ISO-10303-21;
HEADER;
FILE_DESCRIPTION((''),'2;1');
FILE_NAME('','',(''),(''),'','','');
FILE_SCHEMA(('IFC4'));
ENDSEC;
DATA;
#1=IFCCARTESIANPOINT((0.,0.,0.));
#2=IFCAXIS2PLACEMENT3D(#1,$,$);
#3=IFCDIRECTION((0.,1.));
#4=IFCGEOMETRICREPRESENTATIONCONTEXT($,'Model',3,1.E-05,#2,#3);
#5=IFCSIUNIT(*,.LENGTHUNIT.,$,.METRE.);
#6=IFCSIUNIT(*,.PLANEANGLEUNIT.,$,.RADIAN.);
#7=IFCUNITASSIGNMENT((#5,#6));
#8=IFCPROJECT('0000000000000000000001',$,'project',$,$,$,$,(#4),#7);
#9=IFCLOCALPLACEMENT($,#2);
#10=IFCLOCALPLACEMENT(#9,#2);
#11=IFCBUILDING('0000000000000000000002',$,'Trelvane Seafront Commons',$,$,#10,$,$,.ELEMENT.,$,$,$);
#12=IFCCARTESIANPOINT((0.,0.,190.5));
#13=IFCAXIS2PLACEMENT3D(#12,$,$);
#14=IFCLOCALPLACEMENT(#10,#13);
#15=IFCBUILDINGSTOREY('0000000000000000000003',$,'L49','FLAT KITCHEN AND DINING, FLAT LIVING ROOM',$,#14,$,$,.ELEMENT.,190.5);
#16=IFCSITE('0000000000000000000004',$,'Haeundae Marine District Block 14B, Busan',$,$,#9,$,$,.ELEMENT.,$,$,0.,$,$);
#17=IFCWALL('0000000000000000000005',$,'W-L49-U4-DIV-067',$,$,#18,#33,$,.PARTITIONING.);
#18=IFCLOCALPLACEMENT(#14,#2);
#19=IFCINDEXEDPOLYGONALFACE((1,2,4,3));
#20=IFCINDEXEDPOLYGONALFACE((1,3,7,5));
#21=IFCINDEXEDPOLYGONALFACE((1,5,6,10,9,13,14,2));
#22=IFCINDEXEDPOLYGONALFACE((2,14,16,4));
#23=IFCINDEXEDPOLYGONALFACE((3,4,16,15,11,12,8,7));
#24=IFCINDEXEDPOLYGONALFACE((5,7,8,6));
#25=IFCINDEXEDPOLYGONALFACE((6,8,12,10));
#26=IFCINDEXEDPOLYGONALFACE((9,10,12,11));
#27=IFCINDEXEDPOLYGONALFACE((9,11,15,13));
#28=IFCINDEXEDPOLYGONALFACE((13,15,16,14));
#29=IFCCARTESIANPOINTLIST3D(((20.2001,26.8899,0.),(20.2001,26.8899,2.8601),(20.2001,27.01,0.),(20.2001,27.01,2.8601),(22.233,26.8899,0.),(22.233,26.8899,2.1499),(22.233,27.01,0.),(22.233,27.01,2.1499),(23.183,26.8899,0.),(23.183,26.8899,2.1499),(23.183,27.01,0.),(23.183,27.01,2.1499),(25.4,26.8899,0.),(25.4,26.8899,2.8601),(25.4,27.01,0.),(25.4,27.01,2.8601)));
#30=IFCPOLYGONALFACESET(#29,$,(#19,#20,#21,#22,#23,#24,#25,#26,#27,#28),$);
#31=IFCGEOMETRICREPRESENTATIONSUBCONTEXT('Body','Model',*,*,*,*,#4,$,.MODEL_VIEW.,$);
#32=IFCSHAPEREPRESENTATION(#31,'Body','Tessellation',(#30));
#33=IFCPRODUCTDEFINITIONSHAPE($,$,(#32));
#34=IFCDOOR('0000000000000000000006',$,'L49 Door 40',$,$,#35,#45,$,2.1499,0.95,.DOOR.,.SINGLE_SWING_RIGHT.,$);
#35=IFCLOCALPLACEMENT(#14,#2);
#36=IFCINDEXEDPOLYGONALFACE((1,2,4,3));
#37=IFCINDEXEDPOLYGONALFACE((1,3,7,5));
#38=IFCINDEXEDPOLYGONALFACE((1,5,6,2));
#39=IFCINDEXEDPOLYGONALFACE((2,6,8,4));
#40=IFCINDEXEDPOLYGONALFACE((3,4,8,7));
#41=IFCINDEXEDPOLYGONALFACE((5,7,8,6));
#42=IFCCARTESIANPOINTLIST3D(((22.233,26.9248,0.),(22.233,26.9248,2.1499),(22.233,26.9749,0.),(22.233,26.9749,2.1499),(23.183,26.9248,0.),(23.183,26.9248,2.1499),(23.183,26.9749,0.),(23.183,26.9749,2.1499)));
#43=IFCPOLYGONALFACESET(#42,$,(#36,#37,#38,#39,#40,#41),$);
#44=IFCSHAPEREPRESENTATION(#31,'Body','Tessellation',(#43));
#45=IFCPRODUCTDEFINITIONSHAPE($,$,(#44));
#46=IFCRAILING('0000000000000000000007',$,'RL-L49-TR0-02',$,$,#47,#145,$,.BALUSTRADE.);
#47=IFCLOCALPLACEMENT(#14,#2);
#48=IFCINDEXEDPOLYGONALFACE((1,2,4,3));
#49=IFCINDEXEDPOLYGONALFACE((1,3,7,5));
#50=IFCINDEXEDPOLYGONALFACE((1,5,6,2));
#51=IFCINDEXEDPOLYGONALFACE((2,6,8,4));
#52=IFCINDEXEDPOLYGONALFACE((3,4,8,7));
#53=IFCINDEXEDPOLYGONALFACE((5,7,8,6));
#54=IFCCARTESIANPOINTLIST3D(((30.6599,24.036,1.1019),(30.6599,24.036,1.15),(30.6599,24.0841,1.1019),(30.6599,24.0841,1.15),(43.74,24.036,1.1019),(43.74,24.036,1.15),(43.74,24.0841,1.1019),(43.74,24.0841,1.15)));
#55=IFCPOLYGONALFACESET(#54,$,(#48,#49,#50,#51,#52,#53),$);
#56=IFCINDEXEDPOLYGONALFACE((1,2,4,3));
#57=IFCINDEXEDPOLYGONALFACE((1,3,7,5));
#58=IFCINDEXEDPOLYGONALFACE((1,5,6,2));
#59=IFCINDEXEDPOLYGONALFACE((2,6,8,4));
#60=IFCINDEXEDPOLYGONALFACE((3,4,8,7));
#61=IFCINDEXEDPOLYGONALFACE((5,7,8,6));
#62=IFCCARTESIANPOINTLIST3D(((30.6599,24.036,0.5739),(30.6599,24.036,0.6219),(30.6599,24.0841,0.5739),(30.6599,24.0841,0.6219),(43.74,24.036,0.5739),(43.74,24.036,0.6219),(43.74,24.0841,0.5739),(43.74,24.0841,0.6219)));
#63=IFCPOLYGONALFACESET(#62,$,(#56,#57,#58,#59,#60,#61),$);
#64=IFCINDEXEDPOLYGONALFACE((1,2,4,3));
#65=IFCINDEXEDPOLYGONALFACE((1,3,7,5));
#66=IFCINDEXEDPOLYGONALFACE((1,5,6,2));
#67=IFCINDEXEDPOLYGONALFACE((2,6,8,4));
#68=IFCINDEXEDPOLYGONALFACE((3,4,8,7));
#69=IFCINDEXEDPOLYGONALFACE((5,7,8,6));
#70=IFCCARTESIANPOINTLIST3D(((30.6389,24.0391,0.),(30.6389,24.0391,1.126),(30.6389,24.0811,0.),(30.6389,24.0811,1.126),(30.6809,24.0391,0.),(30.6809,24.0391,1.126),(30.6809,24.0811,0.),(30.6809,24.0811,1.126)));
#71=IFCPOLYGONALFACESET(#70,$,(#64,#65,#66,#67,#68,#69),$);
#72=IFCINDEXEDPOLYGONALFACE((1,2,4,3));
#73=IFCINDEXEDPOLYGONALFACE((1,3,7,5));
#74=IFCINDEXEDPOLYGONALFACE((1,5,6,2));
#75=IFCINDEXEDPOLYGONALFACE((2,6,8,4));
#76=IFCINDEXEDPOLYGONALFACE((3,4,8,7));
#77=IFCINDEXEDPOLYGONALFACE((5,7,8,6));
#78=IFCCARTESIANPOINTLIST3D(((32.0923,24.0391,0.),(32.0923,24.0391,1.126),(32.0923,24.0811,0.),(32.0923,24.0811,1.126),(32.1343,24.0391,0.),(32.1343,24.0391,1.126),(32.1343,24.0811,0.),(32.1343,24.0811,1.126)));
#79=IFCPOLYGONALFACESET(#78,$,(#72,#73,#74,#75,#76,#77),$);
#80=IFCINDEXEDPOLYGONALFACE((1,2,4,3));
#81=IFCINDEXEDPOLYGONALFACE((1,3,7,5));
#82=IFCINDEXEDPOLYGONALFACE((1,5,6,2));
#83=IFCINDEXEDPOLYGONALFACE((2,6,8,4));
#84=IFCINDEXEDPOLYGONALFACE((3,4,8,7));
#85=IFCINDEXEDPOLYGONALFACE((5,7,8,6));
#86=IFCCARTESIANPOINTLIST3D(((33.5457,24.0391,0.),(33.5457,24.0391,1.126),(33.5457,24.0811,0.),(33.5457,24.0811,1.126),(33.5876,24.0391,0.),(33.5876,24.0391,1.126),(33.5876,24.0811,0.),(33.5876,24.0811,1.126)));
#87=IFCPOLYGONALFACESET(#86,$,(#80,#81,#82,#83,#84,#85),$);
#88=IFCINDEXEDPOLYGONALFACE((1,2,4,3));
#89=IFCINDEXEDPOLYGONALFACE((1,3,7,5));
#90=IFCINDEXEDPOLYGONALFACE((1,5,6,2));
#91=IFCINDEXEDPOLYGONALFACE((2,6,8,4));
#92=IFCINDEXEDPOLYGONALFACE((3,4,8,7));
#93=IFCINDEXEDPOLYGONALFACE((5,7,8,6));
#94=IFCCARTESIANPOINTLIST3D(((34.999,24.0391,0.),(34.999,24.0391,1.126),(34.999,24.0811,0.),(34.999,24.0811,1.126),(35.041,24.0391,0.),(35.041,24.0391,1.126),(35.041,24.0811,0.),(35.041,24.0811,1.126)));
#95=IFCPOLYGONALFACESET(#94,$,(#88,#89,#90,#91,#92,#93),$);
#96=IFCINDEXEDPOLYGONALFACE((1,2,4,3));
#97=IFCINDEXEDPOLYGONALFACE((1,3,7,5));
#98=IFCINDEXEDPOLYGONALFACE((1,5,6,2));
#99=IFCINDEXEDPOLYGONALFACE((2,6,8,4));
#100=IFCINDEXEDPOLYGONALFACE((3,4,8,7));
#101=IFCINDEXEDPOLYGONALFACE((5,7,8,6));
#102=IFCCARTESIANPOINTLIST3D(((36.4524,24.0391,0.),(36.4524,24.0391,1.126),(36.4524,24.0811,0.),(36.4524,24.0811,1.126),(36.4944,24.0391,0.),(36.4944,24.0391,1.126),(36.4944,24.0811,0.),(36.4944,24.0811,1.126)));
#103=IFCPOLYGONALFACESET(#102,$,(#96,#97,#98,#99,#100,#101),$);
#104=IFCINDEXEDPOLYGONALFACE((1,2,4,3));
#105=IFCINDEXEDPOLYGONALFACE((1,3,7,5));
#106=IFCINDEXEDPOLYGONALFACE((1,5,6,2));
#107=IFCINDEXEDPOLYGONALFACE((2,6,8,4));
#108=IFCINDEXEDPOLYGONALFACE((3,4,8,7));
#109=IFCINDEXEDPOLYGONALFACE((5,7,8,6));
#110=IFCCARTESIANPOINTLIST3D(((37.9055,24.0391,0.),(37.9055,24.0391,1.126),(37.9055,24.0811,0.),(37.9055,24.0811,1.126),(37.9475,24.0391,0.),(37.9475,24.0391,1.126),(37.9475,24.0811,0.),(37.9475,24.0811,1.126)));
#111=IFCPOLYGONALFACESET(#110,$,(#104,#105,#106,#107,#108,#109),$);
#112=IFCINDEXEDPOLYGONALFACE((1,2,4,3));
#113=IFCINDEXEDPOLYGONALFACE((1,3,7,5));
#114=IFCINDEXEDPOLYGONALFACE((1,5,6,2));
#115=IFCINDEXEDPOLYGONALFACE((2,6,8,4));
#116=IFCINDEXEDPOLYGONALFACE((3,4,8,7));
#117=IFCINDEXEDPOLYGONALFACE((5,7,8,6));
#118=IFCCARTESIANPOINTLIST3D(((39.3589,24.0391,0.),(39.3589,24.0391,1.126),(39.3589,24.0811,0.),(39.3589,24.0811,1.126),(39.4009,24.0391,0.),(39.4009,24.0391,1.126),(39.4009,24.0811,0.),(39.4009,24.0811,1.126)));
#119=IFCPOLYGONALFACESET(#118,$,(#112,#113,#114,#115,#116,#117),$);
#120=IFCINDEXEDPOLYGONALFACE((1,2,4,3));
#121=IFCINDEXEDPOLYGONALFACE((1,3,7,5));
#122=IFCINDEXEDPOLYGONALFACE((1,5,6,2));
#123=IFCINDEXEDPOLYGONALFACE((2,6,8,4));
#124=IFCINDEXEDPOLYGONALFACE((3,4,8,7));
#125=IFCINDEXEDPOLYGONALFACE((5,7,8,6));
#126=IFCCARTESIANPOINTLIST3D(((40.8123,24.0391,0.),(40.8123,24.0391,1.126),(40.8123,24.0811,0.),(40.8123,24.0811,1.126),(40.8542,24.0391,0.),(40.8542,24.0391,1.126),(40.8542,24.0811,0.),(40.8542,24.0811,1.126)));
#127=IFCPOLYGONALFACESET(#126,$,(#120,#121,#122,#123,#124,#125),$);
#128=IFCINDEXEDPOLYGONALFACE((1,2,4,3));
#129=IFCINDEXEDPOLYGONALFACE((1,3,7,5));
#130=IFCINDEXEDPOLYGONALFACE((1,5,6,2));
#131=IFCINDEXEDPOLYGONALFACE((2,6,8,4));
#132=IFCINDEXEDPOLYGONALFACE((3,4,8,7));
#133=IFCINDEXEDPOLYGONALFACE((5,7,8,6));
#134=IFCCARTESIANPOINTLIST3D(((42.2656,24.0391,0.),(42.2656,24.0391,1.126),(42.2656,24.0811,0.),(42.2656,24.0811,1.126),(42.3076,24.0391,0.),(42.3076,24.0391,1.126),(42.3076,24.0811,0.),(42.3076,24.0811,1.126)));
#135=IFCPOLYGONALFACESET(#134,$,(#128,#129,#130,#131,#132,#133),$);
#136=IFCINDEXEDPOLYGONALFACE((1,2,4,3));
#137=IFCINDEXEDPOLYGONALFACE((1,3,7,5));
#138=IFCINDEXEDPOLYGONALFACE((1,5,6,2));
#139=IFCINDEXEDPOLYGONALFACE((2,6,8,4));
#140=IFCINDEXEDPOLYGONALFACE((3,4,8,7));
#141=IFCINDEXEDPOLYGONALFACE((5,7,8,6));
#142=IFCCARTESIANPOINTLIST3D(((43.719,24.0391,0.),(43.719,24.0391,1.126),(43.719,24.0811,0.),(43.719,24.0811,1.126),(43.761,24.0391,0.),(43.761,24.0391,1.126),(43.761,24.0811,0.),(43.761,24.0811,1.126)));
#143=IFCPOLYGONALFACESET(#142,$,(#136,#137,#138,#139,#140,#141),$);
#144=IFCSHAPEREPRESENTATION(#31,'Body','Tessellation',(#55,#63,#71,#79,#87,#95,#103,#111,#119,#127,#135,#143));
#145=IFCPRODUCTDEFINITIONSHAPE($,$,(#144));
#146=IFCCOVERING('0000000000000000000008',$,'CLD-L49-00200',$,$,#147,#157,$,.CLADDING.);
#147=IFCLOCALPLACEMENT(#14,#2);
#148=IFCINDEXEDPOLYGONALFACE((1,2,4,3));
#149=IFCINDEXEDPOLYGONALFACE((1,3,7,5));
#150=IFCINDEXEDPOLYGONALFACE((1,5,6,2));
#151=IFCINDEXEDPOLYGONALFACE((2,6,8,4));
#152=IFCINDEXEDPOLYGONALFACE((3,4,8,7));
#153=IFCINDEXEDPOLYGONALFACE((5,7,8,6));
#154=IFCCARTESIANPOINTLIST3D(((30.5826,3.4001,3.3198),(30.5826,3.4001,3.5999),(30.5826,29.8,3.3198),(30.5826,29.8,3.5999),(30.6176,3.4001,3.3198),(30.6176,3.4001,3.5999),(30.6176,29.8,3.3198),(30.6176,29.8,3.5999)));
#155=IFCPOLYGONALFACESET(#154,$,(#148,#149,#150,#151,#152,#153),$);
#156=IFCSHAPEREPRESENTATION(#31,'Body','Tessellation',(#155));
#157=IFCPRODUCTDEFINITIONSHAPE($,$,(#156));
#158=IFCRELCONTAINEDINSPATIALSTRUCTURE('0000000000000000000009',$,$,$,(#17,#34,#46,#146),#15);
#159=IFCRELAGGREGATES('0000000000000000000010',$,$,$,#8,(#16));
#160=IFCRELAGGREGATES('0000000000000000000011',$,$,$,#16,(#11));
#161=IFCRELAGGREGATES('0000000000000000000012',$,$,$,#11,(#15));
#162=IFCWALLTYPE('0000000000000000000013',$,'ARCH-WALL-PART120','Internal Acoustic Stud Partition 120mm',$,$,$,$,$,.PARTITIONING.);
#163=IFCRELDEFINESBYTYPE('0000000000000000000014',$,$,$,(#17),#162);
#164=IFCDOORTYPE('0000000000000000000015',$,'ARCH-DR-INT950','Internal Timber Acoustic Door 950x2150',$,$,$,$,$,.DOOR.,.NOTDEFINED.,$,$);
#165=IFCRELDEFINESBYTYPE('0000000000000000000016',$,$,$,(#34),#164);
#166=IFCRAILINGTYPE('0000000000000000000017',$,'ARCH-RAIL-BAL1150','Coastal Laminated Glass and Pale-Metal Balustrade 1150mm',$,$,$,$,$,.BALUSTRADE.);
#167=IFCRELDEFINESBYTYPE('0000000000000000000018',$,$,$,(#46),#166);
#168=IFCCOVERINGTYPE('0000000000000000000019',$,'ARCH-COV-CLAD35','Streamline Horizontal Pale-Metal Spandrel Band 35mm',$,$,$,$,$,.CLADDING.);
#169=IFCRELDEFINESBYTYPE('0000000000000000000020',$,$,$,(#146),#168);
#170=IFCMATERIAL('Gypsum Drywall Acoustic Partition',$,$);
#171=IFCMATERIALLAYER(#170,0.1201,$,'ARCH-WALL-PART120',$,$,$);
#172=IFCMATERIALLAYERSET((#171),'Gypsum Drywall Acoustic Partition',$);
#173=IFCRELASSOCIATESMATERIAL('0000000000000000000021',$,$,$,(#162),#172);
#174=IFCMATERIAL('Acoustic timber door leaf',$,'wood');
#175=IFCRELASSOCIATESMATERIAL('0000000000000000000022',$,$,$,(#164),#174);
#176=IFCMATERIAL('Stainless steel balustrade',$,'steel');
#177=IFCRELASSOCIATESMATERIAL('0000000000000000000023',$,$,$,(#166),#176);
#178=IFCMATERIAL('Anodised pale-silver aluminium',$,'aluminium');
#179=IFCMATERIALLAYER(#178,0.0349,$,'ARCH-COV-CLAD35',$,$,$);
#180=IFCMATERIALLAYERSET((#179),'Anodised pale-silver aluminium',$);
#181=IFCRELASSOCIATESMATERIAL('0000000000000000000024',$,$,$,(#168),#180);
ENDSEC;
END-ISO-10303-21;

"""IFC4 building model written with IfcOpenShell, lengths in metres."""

from ifc_helpers import new_model, si_unit, direction, frame, frame_2d, origin, origin_2d, place, context, subcontext, project, spatial, rectangle, extrude, source, transform, mapped, material, layer, layer_set, type_object, element, fill, save


model = new_model("IFC4")

# Units and contexts
model_context = context("Model", 3, precision=1e-05, world=origin(), true_north=direction((0.0, 1.0)))
body_context = subcontext(model_context, "Body", "Model", "MODEL_VIEW")
ifc_project = project(units=[si_unit("LENGTHUNIT", "METRE"), si_unit("PLANEANGLEUNIT", "RADIAN")], contexts=[model_context])

# Site, building, storey
site_placement = place(None, origin())
site = spatial("IfcSite", under=ifc_project, at=site_placement, Name="Haeundae Marine District Block 14B, Busan", CompositionType="ELEMENT", RefElevation=0.0)
building_placement = place(site_placement, origin())
building = spatial("IfcBuilding", under=site, at=building_placement, Name="Trelvane Seafront Commons", CompositionType="ELEMENT")
storey_placement = place(building_placement, frame((0.0, 0.0, 190.5)))
storey = spatial("IfcBuildingStorey", under=building, at=storey_placement, Name="L49", Description="FLAT KITCHEN AND DINING, FLAT LIVING ROOM", CompositionType="ELEMENT", Elevation=190.5)

# Wall, opening, door
ifc_material_1 = material(Name="Gypsum Drywall Acoustic Partition")
ifc_layer_1 = layer(ifc_material_1, 0.1201, Name="ARCH-WALL-PART120")
ifc_layer_set_1 = layer_set([ifc_layer_1], Name="Gypsum Drywall Acoustic Partition")
wall_type = type_object("IfcWallType", Name="ARCH-WALL-PART120", Description="Internal Acoustic Stud Partition 120mm", PredefinedType="PARTITIONING", material=ifc_layer_set_1)
ifc_material_2 = material(Name="Acoustic timber door leaf", Category="wood")
door_type = type_object("IfcDoorType", Name="ARCH-DR-INT950", Description="Internal Timber Acoustic Door 950x2150", OperationType="NOTDEFINED", PredefinedType="DOOR", material=ifc_material_2)
shared_shape_1 = source(origin(), body_context, "Body", "SweptSolid", [
    extrude(rectangle(XDim=0.95, YDim=2.1499, at=frame_2d((0.4751, 1.075))), frame((0.0, 0.0249, 0.0), z_axis=(0.0, -1.0, 0.0), x_axis=(1.0, 0.0, 0.0)), (0.0, 0.0, 1.0), 0.05),
])
wall_1_placement = place(storey_placement, frame((20.2, 26.95, 0.0), z_axis=(0.0, 0.0, 1.0), x_axis=(1.0, 0.0, 0.0)))
wall_1 = element("IfcWall", 1, at=wall_1_placement, inside=storey, type_object=wall_type, Name="W-L49-U4-DIV-067", PredefinedType="PARTITIONING", context=body_context, shape_type="SweptSolid", body=[
    extrude(rectangle(XDim=5.2, YDim=0.1201, at=frame_2d((2.6001, 0.0))), origin(), (0.0, 0.0, 1.0), 2.8601),
])
opening_1_placement = place(wall_1_placement, frame((2.033, 0.0, 0.0)))
opening_1 = element("IfcOpeningElement", 2, at=opening_1_placement, cuts=wall_1, PredefinedType="OPENING", context=body_context, shape_type="SweptSolid", body=[
    extrude(rectangle(XDim=0.95, YDim=2.1499, at=frame_2d((0.4751, 1.075))), frame((0.0, 0.0701, 0.0), z_axis=(0.0, -1.0, 0.0), x_axis=(1.0, 0.0, 0.0)), (0.0, 0.0, 1.0), 0.1401),
])
door_1_placement = place(opening_1_placement, origin())
door_1 = element("IfcDoor", 3, at=door_1_placement, inside=storey, type_object=door_type, Name="L49 Door 40", OperationType="SINGLE_SWING_RIGHT", OverallHeight=2.1499, OverallWidth=0.95, PredefinedType="DOOR", context=body_context, shape_type="MappedRepresentation", body=[
    mapped(shared_shape_1, transform((0.0, 0.0, 0.0), x_axis=(1.0, 0.0, 0.0), y_axis=(0.0, 1.0, 0.0), z_axis=(0.0, 0.0, 1.0), scale=1.0)),
])
fill(opening_1, door_1)

# Railing
ifc_material_3 = material(Name="Stainless steel balustrade", Category="steel")
railing_type = type_object("IfcRailingType", Name="ARCH-RAIL-BAL1150", Description="Coastal Laminated Glass and Pale-Metal Balustrade 1150mm", PredefinedType="BALUSTRADE", material=ifc_material_3)
railing_placement = place(storey_placement, frame((30.6599, 24.0601, 0.0)))
element("IfcRailing", 4, at=railing_placement, inside=storey, type_object=railing_type, Name="RL-L49-TR0-02", PredefinedType="BALUSTRADE", context=body_context, shape_type="SweptSolid", body=[
    extrude(rectangle(XDim=0.0481, YDim=0.0481, at=origin_2d()), frame((0.0, 0.0, 1.126), z_axis=(1.0, 0.0, 0.0), x_axis=(0.0, 1.0, 0.0)), (0.0, 0.0, 1.0), 13.0801),
    extrude(rectangle(XDim=0.0481, YDim=0.0481, at=origin_2d()), frame((0.0, 0.0, 0.5979), z_axis=(1.0, 0.0, 0.0), x_axis=(0.0, 1.0, 0.0)), (0.0, 0.0, 1.0), 13.0801),
    extrude(rectangle(XDim=0.042, YDim=0.042, at=origin_2d()), origin(), (0.0, 0.0, 1.0), 1.126),
    extrude(rectangle(XDim=0.042, YDim=0.042, at=origin_2d()), frame((1.4534, 0.0, 0.0)), (0.0, 0.0, 1.0), 1.126),
    extrude(rectangle(XDim=0.042, YDim=0.042, at=origin_2d()), frame((2.9067, 0.0, 0.0)), (0.0, 0.0, 1.0), 1.126),
    extrude(rectangle(XDim=0.042, YDim=0.042, at=origin_2d()), frame((4.3601, 0.0, 0.0)), (0.0, 0.0, 1.0), 1.126),
    extrude(rectangle(XDim=0.042, YDim=0.042, at=origin_2d()), frame((5.8135, 0.0, 0.0)), (0.0, 0.0, 1.0), 1.126),
    extrude(rectangle(XDim=0.042, YDim=0.042, at=origin_2d()), frame((7.2666, 0.0, 0.0)), (0.0, 0.0, 1.0), 1.126),
    extrude(rectangle(XDim=0.042, YDim=0.042, at=origin_2d()), frame((8.72, 0.0, 0.0)), (0.0, 0.0, 1.0), 1.126),
    extrude(rectangle(XDim=0.042, YDim=0.042, at=origin_2d()), frame((10.1733, 0.0, 0.0)), (0.0, 0.0, 1.0), 1.126),
    extrude(rectangle(XDim=0.042, YDim=0.042, at=origin_2d()), frame((11.6267, 0.0, 0.0)), (0.0, 0.0, 1.0), 1.126),
    extrude(rectangle(XDim=0.042, YDim=0.042, at=origin_2d()), frame((13.0801, 0.0, 0.0)), (0.0, 0.0, 1.0), 1.126),
])

# Covering
ifc_material_4 = material(Name="Anodised pale-silver aluminium", Category="aluminium")
ifc_layer_2 = layer(ifc_material_4, 0.0349, Name="ARCH-COV-CLAD35")
ifc_layer_set_2 = layer_set([ifc_layer_2], Name="Anodised pale-silver aluminium")
covering_type = type_object("IfcCoveringType", Name="ARCH-COV-CLAD35", Description="Streamline Horizontal Pale-Metal Spandrel Band 35mm", PredefinedType="CLADDING", material=ifc_layer_set_2)
shared_shape_2 = source(origin(), body_context, "Body", "SweptSolid", [
    extrude(rectangle(XDim=26.3999, YDim=0.0349, at=origin_2d()), origin(), (0.0, 0.0, 1.0), 0.28),
])
covering_placement = place(storey_placement, frame((30.6001, 16.6001, 3.3198), z_axis=(0.0, 0.0, 1.0), x_axis=(0.0, -1.0, 0.0)))
element("IfcCovering", 5, at=covering_placement, inside=storey, type_object=covering_type, Name="CLD-L49-00200", PredefinedType="CLADDING", context=body_context, shape_type="MappedRepresentation", body=[
    mapped(shared_shape_2, transform((0.0, 0.0, 0.0), x_axis=(1.0, 0.0, 0.0), y_axis=(0.0, 1.0, 0.0), z_axis=(0.0, 0.0, 1.0), scale=1.0)),
])

save(model, "model.ifc")
